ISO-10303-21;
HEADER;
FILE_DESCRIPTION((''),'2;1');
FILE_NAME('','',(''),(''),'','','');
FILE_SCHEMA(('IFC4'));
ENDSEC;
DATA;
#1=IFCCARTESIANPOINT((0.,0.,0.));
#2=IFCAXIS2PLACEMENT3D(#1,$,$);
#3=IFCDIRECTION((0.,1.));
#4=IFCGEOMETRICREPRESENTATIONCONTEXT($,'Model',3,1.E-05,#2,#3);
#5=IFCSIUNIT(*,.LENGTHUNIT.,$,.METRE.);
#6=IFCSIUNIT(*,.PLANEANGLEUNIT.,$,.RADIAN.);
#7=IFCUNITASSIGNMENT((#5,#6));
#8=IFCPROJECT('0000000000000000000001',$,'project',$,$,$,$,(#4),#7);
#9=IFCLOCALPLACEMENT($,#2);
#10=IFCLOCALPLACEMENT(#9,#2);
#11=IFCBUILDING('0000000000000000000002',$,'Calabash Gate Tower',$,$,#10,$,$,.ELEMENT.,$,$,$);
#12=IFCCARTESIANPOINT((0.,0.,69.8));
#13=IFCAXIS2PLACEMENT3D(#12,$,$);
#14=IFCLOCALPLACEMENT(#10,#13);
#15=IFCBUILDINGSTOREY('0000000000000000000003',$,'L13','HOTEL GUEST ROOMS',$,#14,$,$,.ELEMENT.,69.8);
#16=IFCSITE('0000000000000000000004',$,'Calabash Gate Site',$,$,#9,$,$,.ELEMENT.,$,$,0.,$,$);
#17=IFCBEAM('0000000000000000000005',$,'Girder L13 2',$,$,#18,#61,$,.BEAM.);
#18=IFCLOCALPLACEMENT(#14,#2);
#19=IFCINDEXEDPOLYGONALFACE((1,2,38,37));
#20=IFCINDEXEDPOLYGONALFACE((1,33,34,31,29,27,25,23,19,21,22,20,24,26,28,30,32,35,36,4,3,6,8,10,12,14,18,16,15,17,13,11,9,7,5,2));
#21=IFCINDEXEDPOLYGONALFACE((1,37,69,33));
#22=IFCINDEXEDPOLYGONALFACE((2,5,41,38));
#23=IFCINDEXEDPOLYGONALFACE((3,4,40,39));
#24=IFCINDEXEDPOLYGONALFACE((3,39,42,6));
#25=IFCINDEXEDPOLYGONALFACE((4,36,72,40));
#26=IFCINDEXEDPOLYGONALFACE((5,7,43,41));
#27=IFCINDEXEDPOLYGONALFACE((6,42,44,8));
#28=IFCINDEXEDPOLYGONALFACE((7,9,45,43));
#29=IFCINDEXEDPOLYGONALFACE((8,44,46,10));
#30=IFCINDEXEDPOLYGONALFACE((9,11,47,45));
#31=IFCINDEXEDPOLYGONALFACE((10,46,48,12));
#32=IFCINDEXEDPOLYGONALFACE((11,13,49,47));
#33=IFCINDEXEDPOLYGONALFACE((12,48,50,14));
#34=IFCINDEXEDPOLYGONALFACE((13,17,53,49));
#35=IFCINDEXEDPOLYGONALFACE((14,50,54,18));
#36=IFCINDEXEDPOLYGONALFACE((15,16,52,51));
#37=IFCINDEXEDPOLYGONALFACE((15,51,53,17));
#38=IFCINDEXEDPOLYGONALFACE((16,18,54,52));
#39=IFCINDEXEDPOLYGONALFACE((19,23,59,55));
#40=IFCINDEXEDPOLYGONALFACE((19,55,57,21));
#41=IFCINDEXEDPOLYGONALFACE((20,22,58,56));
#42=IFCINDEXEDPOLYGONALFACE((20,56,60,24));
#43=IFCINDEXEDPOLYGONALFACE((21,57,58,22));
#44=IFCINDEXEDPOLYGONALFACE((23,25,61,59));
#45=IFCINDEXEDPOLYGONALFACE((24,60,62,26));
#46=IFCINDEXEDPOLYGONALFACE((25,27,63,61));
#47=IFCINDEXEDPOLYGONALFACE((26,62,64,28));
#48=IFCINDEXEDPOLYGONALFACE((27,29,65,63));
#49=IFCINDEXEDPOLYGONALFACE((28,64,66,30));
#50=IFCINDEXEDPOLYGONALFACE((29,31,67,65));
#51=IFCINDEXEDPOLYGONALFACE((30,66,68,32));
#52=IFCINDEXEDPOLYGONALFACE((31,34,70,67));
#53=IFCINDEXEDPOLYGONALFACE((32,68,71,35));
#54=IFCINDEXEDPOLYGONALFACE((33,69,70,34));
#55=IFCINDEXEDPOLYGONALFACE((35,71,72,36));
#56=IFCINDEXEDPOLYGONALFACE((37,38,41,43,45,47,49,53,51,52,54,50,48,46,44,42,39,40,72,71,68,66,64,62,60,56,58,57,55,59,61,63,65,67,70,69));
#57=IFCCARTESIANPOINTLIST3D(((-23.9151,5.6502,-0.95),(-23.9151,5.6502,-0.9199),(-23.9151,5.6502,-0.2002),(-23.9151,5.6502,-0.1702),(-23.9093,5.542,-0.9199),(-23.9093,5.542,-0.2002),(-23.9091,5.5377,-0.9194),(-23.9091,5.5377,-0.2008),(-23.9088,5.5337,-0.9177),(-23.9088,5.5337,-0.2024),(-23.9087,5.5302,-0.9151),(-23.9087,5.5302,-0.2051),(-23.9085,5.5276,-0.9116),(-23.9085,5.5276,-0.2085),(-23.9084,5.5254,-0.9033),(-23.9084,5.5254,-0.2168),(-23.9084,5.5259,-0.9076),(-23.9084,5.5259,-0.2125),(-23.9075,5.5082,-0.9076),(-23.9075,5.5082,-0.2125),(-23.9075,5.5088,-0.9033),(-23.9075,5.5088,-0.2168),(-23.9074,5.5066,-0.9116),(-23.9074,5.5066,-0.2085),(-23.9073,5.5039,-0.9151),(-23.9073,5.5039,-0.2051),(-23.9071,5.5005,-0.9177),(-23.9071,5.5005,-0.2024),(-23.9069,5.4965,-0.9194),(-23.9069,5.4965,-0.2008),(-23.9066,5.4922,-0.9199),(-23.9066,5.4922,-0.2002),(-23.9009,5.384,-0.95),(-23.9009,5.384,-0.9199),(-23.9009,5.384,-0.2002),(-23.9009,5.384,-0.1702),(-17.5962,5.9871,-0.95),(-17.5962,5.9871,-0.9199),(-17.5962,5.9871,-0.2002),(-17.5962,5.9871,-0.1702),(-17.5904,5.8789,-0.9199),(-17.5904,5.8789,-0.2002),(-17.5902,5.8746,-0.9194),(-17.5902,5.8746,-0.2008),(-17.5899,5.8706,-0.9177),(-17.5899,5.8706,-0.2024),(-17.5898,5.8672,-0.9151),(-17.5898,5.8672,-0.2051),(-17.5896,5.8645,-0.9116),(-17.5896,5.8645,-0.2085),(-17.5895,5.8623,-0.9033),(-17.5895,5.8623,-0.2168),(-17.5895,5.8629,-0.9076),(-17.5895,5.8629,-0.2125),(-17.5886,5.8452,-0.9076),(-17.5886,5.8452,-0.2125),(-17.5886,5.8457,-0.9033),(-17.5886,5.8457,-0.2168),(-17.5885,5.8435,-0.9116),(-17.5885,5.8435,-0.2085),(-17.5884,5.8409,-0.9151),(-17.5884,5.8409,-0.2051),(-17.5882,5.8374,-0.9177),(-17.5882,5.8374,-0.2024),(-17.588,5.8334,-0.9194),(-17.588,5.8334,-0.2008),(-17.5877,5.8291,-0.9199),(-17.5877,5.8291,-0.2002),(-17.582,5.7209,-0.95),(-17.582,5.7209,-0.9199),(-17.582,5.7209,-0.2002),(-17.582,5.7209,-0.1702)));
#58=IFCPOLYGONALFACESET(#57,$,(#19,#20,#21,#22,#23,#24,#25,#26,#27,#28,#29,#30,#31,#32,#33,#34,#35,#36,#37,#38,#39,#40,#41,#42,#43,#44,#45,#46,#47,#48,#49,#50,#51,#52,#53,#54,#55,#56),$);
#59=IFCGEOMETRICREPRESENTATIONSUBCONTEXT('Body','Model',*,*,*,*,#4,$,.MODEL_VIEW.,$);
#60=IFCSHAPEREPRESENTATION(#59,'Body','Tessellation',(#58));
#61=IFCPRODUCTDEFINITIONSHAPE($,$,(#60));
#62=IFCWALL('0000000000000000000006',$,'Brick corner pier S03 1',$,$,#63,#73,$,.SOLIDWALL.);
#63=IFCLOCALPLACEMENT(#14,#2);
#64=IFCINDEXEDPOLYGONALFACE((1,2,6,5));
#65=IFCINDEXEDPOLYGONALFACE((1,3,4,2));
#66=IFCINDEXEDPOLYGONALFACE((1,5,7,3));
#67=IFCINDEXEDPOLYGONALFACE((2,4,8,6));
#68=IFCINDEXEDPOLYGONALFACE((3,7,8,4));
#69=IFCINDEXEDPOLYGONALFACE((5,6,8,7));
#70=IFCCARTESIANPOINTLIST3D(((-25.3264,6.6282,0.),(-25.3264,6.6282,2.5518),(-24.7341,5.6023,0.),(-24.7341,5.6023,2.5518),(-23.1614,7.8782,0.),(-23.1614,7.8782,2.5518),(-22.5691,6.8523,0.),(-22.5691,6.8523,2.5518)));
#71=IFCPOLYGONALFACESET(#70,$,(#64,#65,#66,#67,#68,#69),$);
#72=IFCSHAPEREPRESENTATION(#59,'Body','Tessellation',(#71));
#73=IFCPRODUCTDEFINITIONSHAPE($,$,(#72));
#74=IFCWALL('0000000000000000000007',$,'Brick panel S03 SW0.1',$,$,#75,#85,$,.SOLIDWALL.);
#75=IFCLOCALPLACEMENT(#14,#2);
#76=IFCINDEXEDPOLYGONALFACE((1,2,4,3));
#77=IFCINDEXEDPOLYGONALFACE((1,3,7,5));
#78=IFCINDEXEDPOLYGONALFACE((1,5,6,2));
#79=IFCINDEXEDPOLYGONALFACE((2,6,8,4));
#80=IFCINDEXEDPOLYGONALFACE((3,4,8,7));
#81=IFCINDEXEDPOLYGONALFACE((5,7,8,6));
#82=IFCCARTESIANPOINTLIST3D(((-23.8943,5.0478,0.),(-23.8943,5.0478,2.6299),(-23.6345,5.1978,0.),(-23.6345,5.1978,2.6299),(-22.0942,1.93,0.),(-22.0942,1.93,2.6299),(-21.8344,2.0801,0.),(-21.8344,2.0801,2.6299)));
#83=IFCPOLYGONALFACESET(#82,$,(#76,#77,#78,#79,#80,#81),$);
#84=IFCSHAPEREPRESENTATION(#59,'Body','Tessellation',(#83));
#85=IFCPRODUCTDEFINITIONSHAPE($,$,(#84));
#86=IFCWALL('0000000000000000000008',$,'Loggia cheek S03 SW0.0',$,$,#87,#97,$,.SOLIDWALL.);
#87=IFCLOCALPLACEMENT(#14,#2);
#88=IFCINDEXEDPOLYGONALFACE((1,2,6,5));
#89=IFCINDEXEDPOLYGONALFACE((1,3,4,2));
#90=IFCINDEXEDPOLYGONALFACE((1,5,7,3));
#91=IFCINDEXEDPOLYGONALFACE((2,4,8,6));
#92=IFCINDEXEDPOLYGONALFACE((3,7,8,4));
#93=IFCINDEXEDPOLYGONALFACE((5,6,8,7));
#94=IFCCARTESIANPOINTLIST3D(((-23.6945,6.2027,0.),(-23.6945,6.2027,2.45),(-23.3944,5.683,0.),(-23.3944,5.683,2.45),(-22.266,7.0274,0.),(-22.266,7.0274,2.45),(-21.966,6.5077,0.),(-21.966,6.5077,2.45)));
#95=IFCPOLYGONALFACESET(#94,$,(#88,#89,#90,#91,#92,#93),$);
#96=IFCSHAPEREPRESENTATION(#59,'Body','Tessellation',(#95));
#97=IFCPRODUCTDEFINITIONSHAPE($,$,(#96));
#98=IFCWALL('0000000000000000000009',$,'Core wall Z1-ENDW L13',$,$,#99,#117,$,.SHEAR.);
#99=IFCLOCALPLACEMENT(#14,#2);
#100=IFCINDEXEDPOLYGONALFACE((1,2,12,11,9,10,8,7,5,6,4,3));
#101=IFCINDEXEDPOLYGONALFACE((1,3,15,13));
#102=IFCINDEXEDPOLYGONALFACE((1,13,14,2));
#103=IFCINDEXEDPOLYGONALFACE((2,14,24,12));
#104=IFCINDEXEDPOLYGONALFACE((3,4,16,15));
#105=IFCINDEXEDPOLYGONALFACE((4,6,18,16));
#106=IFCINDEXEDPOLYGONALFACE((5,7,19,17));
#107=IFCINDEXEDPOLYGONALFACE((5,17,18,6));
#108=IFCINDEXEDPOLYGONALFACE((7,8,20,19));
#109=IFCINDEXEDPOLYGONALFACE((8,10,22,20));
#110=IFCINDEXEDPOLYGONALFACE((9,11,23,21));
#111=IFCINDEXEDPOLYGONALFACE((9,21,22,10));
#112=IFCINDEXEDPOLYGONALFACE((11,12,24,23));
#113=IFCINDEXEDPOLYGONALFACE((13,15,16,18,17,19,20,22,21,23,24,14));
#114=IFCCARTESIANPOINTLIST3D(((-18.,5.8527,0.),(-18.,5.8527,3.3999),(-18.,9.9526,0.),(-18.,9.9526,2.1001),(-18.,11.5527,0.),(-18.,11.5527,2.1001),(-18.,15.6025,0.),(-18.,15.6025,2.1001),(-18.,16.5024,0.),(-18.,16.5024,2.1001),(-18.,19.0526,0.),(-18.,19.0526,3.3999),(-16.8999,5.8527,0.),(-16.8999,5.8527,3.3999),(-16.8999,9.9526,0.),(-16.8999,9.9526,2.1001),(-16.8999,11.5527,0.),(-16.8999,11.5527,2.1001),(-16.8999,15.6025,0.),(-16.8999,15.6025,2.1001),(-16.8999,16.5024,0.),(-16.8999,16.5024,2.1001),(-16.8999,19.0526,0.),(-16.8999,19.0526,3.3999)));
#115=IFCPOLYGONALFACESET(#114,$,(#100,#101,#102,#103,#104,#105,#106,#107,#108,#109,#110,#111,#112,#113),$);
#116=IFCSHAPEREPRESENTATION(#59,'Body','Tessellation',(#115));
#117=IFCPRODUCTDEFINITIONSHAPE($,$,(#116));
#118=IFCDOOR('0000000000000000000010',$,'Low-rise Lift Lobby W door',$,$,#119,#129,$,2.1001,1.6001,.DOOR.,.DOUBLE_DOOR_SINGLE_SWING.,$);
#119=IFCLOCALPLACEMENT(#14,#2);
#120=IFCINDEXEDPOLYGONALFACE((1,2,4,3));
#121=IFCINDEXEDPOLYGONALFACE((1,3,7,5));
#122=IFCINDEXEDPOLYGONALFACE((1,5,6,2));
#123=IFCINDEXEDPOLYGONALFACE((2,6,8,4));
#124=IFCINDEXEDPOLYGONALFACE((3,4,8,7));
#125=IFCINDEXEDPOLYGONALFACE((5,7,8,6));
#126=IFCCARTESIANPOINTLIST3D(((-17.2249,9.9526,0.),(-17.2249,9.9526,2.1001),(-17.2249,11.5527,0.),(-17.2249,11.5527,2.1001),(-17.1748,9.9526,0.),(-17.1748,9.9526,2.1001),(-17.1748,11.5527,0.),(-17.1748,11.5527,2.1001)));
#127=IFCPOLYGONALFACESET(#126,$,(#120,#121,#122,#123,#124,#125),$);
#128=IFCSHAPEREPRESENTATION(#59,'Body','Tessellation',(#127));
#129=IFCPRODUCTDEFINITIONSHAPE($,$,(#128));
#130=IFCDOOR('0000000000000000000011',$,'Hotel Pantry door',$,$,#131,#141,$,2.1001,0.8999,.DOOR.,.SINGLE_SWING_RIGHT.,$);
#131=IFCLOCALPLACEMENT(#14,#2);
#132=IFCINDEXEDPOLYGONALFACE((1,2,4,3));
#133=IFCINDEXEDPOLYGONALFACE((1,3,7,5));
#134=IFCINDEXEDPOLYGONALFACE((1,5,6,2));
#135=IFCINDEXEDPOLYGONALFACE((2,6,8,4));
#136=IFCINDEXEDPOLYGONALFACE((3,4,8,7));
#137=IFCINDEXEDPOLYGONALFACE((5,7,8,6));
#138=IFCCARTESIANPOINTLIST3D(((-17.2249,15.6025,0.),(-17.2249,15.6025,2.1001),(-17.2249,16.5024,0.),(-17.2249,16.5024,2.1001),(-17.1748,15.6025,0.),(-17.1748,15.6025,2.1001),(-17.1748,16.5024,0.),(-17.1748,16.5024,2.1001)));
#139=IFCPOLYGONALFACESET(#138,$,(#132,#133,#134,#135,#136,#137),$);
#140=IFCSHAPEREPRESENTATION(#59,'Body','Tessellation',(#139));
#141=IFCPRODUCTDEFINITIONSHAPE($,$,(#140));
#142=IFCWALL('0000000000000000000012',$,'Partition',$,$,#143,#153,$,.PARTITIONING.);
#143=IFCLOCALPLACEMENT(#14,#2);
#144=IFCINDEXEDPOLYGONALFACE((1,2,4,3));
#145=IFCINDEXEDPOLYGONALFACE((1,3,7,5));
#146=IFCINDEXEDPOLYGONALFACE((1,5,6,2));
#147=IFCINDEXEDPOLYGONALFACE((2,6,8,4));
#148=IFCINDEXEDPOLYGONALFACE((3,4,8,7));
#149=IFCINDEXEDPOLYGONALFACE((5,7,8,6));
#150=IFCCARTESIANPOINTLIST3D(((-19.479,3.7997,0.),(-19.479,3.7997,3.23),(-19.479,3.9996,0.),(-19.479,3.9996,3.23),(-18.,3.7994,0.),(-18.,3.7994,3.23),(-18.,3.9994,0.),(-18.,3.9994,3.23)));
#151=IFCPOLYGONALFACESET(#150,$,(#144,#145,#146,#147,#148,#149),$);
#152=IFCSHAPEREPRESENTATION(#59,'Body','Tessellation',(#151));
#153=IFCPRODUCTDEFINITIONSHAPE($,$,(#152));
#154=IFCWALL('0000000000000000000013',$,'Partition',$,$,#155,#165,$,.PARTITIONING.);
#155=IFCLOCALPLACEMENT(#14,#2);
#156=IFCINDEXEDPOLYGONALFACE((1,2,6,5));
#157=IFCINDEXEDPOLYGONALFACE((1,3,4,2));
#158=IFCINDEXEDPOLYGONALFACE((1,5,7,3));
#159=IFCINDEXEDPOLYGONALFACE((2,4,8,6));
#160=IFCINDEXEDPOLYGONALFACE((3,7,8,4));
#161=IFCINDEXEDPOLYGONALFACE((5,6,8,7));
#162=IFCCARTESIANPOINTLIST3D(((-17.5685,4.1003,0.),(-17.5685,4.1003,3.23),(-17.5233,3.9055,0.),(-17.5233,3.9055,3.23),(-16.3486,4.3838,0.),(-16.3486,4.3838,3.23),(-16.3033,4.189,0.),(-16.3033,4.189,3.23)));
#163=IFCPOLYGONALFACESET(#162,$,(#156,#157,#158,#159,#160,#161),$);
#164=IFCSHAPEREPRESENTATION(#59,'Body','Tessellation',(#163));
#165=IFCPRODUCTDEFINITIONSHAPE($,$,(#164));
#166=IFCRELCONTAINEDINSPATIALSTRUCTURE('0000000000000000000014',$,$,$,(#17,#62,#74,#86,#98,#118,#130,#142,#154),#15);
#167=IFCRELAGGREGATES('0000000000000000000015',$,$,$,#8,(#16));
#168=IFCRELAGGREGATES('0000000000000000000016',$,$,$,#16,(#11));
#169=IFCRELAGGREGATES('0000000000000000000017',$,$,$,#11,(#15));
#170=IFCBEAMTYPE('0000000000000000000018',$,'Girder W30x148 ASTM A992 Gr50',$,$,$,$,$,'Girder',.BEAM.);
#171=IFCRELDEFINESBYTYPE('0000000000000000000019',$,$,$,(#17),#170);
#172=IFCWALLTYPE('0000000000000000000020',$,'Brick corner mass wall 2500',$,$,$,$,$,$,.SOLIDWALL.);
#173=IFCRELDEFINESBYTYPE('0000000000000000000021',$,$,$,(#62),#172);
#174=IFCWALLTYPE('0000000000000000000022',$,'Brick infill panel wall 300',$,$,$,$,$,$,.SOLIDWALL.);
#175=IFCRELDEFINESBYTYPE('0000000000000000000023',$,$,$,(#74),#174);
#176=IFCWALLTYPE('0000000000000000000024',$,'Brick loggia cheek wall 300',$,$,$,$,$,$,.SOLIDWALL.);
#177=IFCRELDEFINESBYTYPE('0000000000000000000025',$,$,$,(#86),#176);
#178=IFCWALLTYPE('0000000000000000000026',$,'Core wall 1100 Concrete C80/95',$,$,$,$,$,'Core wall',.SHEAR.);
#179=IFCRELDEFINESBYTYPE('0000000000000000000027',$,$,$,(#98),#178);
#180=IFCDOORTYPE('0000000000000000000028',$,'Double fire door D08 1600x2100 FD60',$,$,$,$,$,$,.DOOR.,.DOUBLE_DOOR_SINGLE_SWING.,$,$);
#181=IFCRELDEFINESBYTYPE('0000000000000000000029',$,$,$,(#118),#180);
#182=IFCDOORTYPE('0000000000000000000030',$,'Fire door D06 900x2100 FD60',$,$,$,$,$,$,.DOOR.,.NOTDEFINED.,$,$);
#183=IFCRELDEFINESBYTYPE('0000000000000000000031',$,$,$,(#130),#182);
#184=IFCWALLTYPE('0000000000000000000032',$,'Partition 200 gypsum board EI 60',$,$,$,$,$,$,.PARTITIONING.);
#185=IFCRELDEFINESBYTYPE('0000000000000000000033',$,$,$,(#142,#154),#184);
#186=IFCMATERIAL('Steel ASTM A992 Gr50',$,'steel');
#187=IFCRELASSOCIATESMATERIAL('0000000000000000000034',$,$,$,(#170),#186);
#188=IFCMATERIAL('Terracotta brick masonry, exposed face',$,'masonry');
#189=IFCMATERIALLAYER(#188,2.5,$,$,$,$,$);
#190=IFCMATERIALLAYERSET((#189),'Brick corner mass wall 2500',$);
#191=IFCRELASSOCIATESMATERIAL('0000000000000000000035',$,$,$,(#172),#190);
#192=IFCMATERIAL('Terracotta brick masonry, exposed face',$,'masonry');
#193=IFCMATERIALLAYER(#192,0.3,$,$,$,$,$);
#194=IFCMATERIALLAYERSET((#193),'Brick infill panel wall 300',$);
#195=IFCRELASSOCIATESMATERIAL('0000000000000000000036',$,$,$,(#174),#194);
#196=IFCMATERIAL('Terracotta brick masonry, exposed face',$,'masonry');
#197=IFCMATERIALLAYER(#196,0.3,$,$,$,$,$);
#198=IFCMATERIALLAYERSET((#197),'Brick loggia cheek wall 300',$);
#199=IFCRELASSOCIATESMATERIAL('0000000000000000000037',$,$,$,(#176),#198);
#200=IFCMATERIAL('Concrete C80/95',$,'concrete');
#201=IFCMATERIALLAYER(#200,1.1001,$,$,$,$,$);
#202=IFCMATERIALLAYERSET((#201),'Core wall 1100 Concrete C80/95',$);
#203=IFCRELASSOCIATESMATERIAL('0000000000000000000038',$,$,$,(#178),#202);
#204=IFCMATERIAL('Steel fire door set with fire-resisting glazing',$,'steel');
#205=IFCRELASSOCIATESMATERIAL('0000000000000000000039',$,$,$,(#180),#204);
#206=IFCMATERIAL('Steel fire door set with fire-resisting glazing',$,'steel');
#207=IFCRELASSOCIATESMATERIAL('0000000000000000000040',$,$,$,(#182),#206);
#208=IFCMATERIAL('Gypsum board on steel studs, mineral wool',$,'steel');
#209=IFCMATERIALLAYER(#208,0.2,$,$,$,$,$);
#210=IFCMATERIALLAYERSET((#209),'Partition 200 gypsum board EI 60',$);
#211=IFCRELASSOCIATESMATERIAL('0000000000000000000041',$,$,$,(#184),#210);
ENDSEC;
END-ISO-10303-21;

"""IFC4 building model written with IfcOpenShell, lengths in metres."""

from ifc_helpers import new_model, si_unit, direction, frame, frame_2d, origin, origin_2d, place, context, subcontext, project, spatial, rectangle, i_section, extrude, material, layer, layer_set, material_profile, profile_set, type_object, element, fill, save


model = new_model("IFC4")

# Units and contexts
model_context = context("Model", 3, precision=1e-05, world=origin(), true_north=direction((0.0, 1.0)))
body_context = subcontext(model_context, "Body", "Model", "MODEL_VIEW")
ifc_project = project(units=[si_unit("LENGTHUNIT", "METRE"), si_unit("PLANEANGLEUNIT", "RADIAN")], contexts=[model_context])

# Site, building, storey
site_placement = place(None, origin())
site = spatial("IfcSite", under=ifc_project, at=site_placement, Name="Calabash Gate Site", CompositionType="ELEMENT", RefElevation=0.0)
building_placement = place(site_placement, origin())
building = spatial("IfcBuilding", under=site, at=building_placement, Name="Calabash Gate Tower", CompositionType="ELEMENT")
storey_placement = place(building_placement, frame((0.0, 0.0, 69.8)))
storey = spatial("IfcBuildingStorey", under=building, at=storey_placement, Name="L13", Description="HOTEL GUEST ROOMS", CompositionType="ELEMENT", Elevation=69.8)

# Beam
ifc_material_1 = material(Name="Steel ASTM A992 Gr50", Category="steel")
ifc_material_profile_1 = material_profile(ifc_material_1, i_section(OverallWidth=0.2666, OverallDepth=0.7798, WebThickness=0.0166, FlangeThickness=0.03, FilletRadius=0.0166, at=origin_2d()))
ifc_profile_set_1 = profile_set([ifc_material_profile_1], Name="Steel ASTM A992 Gr50")
beam_type_1 = type_object("IfcBeamType", Name="Girder W30x148 ASTM A992 Gr50", ElementType="Girder", PredefinedType="BEAM", material=ifc_profile_set_1)
beam_1_placement = place(storey_placement, frame((-23.908, 5.5171, -0.5601), z_axis=(0.998582, 0.053243, 0.0), x_axis=(-0.053243, 0.998582, 0.0)))
element("IfcBeam", 1, at=beam_1_placement, inside=storey, type_object=beam_type_1, Name="Girder L13 2", PredefinedType="BEAM", context=body_context, shape_type="SweptSolid", body=[
    extrude(i_section(OverallWidth=0.2666, OverallDepth=0.7798, WebThickness=0.0166, FlangeThickness=0.03, FilletRadius=0.0166, at=origin_2d()), origin(), (0.0, 0.0, 1.0), 6.3279),
])

# Walls
ifc_material_2 = material(Name="Terracotta brick masonry, exposed face", Category="masonry")
ifc_layer_1 = layer(ifc_material_2, 2.5)
ifc_layer_set_1 = layer_set([ifc_layer_1], Name="Brick corner mass wall 2500")
wall_type_1 = type_object("IfcWallType", Name="Brick corner mass wall 2500", PredefinedType="SOLIDWALL", material=ifc_layer_set_1)
wall_1_placement = place(storey_placement, frame((-22.8652, 7.3652, 0.0), z_axis=(0.0, 0.0, 1.0), x_axis=(-0.866023, -0.500004, 0.0)))
element("IfcWall", 2, at=wall_1_placement, inside=storey, type_object=wall_type_1, Name="Brick corner pier S03 1", PredefinedType="SOLIDWALL", context=body_context, shape_type="SweptSolid", body=[
    extrude(rectangle(XDim=2.5, YDim=1.1846, at=frame_2d((1.25, 0.0))), origin(), (0.0, 0.0, 1.0), 2.5518),
])
ifc_material_3 = material(Name="Terracotta brick masonry, exposed face", Category="masonry")
ifc_layer_2 = layer(ifc_material_3, 0.3)
ifc_layer_set_2 = layer_set([ifc_layer_2], Name="Brick infill panel wall 300")
wall_type_2 = type_object("IfcWallType", Name="Brick infill panel wall 300", PredefinedType="SOLIDWALL", material=ifc_layer_set_2)
wall_2_placement = place(storey_placement, frame((-23.7644, 5.1228, 0.0), z_axis=(0.0, 0.0, 1.0), x_axis=(0.500012, -0.866018, 0.0)))
element("IfcWall", 3, at=wall_2_placement, inside=storey, type_object=wall_type_2, Name="Brick panel S03 SW0.1", PredefinedType="SOLIDWALL", context=body_context, shape_type="SweptSolid", body=[
    extrude(rectangle(XDim=3.6001, YDim=0.3, at=frame_2d((1.8, 0.0))), origin(), (0.0, 0.0, 1.0), 2.6299),
])
ifc_material_4 = material(Name="Terracotta brick masonry, exposed face", Category="masonry")
ifc_layer_3 = layer(ifc_material_4, 0.3)
ifc_layer_set_3 = layer_set([ifc_layer_3], Name="Brick loggia cheek wall 300")
wall_type_3 = type_object("IfcWallType", Name="Brick loggia cheek wall 300", PredefinedType="SOLIDWALL", material=ifc_layer_set_3)
wall_3_placement = place(storey_placement, frame((-23.5444, 5.9429, 0.0), z_axis=(0.0, 0.0, 1.0), x_axis=(0.86603, 0.499992, 0.0)))
element("IfcWall", 4, at=wall_3_placement, inside=storey, type_object=wall_type_3, Name="Loggia cheek S03 SW0.0", PredefinedType="SOLIDWALL", context=body_context, shape_type="SweptSolid", body=[
    extrude(rectangle(XDim=1.6494, YDim=0.6001, at=frame_2d((0.8247, 0.0))), origin(), (0.0, 0.0, 1.0), 2.45),
])

# Wall, openings, doors
ifc_material_5 = material(Name="Concrete C80/95", Category="concrete")
ifc_layer_4 = layer(ifc_material_5, 1.1001)
ifc_layer_set_4 = layer_set([ifc_layer_4], Name="Core wall 1100 Concrete C80/95")
wall_type_4 = type_object("IfcWallType", Name="Core wall 1100 Concrete C80/95", ElementType="Core wall", PredefinedType="SHEAR", material=ifc_layer_set_4)
wall_4_placement = place(storey_placement, frame((-17.45, 5.8525, 0.0), z_axis=(0.0, 0.0, 1.0), x_axis=(0.0, 1.0, 0.0)))
wall_4 = element("IfcWall", 5, at=wall_4_placement, inside=storey, type_object=wall_type_4, Name="Core wall Z1-ENDW L13", PredefinedType="SHEAR", context=body_context, shape_type="SweptSolid", body=[
    extrude(rectangle(XDim=13.2, YDim=1.1001, at=frame_2d((6.6001, 0.0))), origin(), (0.0, 0.0, 1.0), 3.3999),
])
opening_1_placement = place(wall_4_placement, frame((4.1001, 0.0, 0.0)))
opening_1 = element("IfcOpeningElement", 6, at=opening_1_placement, cuts=wall_4, PredefinedType="OPENING", context=body_context, shape_type="SweptSolid", body=[
    extrude(rectangle(XDim=1.6001, YDim=2.1001, at=frame_2d((0.8, 1.05))), frame((0.0, 0.5601, 0.0), z_axis=(0.0, -1.0, 0.0), x_axis=(1.0, 0.0, 0.0)), (0.0, 0.0, 1.0), 1.1201),
])
opening_2_placement = place(wall_4_placement, frame((9.75, 0.0, 0.0)))
opening_2 = element("IfcOpeningElement", 7, at=opening_2_placement, cuts=wall_4, PredefinedType="OPENING", context=body_context, shape_type="SweptSolid", body=[
    extrude(rectangle(XDim=0.8999, YDim=2.1001, at=frame_2d((0.45, 1.05))), frame((0.0, 0.5601, 0.0), z_axis=(0.0, -1.0, 0.0), x_axis=(1.0, 0.0, 0.0)), (0.0, 0.0, 1.0), 1.1201),
])
ifc_material_6 = material(Name="Steel fire door set with fire-resisting glazing", Category="steel")
door_type_1 = type_object("IfcDoorType", Name="Double fire door D08 1600x2100 FD60", OperationType="DOUBLE_DOOR_SINGLE_SWING", PredefinedType="DOOR", material=ifc_material_6)
door_1_placement = place(opening_1_placement, origin())
door_1 = element("IfcDoor", 8, at=door_1_placement, inside=storey, type_object=door_type_1, Name="Low-rise Lift Lobby W door", OperationType="DOUBLE_DOOR_SINGLE_SWING", OverallHeight=2.1001, OverallWidth=1.6001, PredefinedType="DOOR", context=body_context, shape_type="SweptSolid", body=[
    extrude(rectangle(XDim=1.6001, YDim=2.1001, at=frame_2d((0.8, 1.05))), frame((0.0, -0.2251, 0.0), z_axis=(0.0, -1.0, 0.0), x_axis=(1.0, 0.0, 0.0)), (0.0, 0.0, 1.0), 0.05),
])
fill(opening_1, door_1)
ifc_material_7 = material(Name="Steel fire door set with fire-resisting glazing", Category="steel")
door_type_2 = type_object("IfcDoorType", Name="Fire door D06 900x2100 FD60", OperationType="NOTDEFINED", PredefinedType="DOOR", material=ifc_material_7)
door_2_placement = place(opening_2_placement, origin())
door_2 = element("IfcDoor", 9, at=door_2_placement, inside=storey, type_object=door_type_2, Name="Hotel Pantry door", OperationType="SINGLE_SWING_RIGHT", OverallHeight=2.1001, OverallWidth=0.8999, PredefinedType="DOOR", context=body_context, shape_type="SweptSolid", body=[
    extrude(rectangle(XDim=0.8999, YDim=2.1001, at=frame_2d((0.45, 1.05))), frame((0.0, -0.2251, 0.0), z_axis=(0.0, -1.0, 0.0), x_axis=(1.0, 0.0, 0.0)), (0.0, 0.0, 1.0), 0.05),
])
fill(opening_2, door_2)

# Walls
ifc_material_8 = material(Name="Gypsum board on steel studs, mineral wool", Category="steel")
ifc_layer_5 = layer(ifc_material_8, 0.2)
ifc_layer_set_5 = layer_set([ifc_layer_5], Name="Partition 200 gypsum board EI 60")
wall_type_5 = type_object("IfcWallType", Name="Partition 200 gypsum board EI 60", PredefinedType="PARTITIONING", material=ifc_layer_set_5)
wall_5_placement = place(storey_placement, frame((-19.479, 3.8997, 0.0), z_axis=(0.0, 0.0, 1.0), x_axis=(1.0, -0.000165, 0.0)))
element("IfcWall", 10, at=wall_5_placement, inside=storey, type_object=wall_type_5, Name="Partition", PredefinedType="PARTITIONING", context=body_context, shape_type="SweptSolid", body=[
    extrude(rectangle(XDim=1.479, YDim=0.2, at=frame_2d((0.7395, 0.0))), origin(), (0.0, 0.0, 1.0), 3.23),
])
wall_6_placement = place(storey_placement, frame((-17.5459, 4.0029, 0.0), z_axis=(0.0, 0.0, 1.0), x_axis=(0.974055, 0.226311, 0.0)))
element("IfcWall", 11, at=wall_6_placement, inside=storey, type_object=wall_type_5, Name="Partition", PredefinedType="PARTITIONING", context=body_context, shape_type="SweptSolid", body=[
    extrude(rectangle(XDim=1.2524, YDim=0.2, at=frame_2d((0.6262, 0.0))), origin(), (0.0, 0.0, 1.0), 3.23),
])

save(model, "model.ifc")
